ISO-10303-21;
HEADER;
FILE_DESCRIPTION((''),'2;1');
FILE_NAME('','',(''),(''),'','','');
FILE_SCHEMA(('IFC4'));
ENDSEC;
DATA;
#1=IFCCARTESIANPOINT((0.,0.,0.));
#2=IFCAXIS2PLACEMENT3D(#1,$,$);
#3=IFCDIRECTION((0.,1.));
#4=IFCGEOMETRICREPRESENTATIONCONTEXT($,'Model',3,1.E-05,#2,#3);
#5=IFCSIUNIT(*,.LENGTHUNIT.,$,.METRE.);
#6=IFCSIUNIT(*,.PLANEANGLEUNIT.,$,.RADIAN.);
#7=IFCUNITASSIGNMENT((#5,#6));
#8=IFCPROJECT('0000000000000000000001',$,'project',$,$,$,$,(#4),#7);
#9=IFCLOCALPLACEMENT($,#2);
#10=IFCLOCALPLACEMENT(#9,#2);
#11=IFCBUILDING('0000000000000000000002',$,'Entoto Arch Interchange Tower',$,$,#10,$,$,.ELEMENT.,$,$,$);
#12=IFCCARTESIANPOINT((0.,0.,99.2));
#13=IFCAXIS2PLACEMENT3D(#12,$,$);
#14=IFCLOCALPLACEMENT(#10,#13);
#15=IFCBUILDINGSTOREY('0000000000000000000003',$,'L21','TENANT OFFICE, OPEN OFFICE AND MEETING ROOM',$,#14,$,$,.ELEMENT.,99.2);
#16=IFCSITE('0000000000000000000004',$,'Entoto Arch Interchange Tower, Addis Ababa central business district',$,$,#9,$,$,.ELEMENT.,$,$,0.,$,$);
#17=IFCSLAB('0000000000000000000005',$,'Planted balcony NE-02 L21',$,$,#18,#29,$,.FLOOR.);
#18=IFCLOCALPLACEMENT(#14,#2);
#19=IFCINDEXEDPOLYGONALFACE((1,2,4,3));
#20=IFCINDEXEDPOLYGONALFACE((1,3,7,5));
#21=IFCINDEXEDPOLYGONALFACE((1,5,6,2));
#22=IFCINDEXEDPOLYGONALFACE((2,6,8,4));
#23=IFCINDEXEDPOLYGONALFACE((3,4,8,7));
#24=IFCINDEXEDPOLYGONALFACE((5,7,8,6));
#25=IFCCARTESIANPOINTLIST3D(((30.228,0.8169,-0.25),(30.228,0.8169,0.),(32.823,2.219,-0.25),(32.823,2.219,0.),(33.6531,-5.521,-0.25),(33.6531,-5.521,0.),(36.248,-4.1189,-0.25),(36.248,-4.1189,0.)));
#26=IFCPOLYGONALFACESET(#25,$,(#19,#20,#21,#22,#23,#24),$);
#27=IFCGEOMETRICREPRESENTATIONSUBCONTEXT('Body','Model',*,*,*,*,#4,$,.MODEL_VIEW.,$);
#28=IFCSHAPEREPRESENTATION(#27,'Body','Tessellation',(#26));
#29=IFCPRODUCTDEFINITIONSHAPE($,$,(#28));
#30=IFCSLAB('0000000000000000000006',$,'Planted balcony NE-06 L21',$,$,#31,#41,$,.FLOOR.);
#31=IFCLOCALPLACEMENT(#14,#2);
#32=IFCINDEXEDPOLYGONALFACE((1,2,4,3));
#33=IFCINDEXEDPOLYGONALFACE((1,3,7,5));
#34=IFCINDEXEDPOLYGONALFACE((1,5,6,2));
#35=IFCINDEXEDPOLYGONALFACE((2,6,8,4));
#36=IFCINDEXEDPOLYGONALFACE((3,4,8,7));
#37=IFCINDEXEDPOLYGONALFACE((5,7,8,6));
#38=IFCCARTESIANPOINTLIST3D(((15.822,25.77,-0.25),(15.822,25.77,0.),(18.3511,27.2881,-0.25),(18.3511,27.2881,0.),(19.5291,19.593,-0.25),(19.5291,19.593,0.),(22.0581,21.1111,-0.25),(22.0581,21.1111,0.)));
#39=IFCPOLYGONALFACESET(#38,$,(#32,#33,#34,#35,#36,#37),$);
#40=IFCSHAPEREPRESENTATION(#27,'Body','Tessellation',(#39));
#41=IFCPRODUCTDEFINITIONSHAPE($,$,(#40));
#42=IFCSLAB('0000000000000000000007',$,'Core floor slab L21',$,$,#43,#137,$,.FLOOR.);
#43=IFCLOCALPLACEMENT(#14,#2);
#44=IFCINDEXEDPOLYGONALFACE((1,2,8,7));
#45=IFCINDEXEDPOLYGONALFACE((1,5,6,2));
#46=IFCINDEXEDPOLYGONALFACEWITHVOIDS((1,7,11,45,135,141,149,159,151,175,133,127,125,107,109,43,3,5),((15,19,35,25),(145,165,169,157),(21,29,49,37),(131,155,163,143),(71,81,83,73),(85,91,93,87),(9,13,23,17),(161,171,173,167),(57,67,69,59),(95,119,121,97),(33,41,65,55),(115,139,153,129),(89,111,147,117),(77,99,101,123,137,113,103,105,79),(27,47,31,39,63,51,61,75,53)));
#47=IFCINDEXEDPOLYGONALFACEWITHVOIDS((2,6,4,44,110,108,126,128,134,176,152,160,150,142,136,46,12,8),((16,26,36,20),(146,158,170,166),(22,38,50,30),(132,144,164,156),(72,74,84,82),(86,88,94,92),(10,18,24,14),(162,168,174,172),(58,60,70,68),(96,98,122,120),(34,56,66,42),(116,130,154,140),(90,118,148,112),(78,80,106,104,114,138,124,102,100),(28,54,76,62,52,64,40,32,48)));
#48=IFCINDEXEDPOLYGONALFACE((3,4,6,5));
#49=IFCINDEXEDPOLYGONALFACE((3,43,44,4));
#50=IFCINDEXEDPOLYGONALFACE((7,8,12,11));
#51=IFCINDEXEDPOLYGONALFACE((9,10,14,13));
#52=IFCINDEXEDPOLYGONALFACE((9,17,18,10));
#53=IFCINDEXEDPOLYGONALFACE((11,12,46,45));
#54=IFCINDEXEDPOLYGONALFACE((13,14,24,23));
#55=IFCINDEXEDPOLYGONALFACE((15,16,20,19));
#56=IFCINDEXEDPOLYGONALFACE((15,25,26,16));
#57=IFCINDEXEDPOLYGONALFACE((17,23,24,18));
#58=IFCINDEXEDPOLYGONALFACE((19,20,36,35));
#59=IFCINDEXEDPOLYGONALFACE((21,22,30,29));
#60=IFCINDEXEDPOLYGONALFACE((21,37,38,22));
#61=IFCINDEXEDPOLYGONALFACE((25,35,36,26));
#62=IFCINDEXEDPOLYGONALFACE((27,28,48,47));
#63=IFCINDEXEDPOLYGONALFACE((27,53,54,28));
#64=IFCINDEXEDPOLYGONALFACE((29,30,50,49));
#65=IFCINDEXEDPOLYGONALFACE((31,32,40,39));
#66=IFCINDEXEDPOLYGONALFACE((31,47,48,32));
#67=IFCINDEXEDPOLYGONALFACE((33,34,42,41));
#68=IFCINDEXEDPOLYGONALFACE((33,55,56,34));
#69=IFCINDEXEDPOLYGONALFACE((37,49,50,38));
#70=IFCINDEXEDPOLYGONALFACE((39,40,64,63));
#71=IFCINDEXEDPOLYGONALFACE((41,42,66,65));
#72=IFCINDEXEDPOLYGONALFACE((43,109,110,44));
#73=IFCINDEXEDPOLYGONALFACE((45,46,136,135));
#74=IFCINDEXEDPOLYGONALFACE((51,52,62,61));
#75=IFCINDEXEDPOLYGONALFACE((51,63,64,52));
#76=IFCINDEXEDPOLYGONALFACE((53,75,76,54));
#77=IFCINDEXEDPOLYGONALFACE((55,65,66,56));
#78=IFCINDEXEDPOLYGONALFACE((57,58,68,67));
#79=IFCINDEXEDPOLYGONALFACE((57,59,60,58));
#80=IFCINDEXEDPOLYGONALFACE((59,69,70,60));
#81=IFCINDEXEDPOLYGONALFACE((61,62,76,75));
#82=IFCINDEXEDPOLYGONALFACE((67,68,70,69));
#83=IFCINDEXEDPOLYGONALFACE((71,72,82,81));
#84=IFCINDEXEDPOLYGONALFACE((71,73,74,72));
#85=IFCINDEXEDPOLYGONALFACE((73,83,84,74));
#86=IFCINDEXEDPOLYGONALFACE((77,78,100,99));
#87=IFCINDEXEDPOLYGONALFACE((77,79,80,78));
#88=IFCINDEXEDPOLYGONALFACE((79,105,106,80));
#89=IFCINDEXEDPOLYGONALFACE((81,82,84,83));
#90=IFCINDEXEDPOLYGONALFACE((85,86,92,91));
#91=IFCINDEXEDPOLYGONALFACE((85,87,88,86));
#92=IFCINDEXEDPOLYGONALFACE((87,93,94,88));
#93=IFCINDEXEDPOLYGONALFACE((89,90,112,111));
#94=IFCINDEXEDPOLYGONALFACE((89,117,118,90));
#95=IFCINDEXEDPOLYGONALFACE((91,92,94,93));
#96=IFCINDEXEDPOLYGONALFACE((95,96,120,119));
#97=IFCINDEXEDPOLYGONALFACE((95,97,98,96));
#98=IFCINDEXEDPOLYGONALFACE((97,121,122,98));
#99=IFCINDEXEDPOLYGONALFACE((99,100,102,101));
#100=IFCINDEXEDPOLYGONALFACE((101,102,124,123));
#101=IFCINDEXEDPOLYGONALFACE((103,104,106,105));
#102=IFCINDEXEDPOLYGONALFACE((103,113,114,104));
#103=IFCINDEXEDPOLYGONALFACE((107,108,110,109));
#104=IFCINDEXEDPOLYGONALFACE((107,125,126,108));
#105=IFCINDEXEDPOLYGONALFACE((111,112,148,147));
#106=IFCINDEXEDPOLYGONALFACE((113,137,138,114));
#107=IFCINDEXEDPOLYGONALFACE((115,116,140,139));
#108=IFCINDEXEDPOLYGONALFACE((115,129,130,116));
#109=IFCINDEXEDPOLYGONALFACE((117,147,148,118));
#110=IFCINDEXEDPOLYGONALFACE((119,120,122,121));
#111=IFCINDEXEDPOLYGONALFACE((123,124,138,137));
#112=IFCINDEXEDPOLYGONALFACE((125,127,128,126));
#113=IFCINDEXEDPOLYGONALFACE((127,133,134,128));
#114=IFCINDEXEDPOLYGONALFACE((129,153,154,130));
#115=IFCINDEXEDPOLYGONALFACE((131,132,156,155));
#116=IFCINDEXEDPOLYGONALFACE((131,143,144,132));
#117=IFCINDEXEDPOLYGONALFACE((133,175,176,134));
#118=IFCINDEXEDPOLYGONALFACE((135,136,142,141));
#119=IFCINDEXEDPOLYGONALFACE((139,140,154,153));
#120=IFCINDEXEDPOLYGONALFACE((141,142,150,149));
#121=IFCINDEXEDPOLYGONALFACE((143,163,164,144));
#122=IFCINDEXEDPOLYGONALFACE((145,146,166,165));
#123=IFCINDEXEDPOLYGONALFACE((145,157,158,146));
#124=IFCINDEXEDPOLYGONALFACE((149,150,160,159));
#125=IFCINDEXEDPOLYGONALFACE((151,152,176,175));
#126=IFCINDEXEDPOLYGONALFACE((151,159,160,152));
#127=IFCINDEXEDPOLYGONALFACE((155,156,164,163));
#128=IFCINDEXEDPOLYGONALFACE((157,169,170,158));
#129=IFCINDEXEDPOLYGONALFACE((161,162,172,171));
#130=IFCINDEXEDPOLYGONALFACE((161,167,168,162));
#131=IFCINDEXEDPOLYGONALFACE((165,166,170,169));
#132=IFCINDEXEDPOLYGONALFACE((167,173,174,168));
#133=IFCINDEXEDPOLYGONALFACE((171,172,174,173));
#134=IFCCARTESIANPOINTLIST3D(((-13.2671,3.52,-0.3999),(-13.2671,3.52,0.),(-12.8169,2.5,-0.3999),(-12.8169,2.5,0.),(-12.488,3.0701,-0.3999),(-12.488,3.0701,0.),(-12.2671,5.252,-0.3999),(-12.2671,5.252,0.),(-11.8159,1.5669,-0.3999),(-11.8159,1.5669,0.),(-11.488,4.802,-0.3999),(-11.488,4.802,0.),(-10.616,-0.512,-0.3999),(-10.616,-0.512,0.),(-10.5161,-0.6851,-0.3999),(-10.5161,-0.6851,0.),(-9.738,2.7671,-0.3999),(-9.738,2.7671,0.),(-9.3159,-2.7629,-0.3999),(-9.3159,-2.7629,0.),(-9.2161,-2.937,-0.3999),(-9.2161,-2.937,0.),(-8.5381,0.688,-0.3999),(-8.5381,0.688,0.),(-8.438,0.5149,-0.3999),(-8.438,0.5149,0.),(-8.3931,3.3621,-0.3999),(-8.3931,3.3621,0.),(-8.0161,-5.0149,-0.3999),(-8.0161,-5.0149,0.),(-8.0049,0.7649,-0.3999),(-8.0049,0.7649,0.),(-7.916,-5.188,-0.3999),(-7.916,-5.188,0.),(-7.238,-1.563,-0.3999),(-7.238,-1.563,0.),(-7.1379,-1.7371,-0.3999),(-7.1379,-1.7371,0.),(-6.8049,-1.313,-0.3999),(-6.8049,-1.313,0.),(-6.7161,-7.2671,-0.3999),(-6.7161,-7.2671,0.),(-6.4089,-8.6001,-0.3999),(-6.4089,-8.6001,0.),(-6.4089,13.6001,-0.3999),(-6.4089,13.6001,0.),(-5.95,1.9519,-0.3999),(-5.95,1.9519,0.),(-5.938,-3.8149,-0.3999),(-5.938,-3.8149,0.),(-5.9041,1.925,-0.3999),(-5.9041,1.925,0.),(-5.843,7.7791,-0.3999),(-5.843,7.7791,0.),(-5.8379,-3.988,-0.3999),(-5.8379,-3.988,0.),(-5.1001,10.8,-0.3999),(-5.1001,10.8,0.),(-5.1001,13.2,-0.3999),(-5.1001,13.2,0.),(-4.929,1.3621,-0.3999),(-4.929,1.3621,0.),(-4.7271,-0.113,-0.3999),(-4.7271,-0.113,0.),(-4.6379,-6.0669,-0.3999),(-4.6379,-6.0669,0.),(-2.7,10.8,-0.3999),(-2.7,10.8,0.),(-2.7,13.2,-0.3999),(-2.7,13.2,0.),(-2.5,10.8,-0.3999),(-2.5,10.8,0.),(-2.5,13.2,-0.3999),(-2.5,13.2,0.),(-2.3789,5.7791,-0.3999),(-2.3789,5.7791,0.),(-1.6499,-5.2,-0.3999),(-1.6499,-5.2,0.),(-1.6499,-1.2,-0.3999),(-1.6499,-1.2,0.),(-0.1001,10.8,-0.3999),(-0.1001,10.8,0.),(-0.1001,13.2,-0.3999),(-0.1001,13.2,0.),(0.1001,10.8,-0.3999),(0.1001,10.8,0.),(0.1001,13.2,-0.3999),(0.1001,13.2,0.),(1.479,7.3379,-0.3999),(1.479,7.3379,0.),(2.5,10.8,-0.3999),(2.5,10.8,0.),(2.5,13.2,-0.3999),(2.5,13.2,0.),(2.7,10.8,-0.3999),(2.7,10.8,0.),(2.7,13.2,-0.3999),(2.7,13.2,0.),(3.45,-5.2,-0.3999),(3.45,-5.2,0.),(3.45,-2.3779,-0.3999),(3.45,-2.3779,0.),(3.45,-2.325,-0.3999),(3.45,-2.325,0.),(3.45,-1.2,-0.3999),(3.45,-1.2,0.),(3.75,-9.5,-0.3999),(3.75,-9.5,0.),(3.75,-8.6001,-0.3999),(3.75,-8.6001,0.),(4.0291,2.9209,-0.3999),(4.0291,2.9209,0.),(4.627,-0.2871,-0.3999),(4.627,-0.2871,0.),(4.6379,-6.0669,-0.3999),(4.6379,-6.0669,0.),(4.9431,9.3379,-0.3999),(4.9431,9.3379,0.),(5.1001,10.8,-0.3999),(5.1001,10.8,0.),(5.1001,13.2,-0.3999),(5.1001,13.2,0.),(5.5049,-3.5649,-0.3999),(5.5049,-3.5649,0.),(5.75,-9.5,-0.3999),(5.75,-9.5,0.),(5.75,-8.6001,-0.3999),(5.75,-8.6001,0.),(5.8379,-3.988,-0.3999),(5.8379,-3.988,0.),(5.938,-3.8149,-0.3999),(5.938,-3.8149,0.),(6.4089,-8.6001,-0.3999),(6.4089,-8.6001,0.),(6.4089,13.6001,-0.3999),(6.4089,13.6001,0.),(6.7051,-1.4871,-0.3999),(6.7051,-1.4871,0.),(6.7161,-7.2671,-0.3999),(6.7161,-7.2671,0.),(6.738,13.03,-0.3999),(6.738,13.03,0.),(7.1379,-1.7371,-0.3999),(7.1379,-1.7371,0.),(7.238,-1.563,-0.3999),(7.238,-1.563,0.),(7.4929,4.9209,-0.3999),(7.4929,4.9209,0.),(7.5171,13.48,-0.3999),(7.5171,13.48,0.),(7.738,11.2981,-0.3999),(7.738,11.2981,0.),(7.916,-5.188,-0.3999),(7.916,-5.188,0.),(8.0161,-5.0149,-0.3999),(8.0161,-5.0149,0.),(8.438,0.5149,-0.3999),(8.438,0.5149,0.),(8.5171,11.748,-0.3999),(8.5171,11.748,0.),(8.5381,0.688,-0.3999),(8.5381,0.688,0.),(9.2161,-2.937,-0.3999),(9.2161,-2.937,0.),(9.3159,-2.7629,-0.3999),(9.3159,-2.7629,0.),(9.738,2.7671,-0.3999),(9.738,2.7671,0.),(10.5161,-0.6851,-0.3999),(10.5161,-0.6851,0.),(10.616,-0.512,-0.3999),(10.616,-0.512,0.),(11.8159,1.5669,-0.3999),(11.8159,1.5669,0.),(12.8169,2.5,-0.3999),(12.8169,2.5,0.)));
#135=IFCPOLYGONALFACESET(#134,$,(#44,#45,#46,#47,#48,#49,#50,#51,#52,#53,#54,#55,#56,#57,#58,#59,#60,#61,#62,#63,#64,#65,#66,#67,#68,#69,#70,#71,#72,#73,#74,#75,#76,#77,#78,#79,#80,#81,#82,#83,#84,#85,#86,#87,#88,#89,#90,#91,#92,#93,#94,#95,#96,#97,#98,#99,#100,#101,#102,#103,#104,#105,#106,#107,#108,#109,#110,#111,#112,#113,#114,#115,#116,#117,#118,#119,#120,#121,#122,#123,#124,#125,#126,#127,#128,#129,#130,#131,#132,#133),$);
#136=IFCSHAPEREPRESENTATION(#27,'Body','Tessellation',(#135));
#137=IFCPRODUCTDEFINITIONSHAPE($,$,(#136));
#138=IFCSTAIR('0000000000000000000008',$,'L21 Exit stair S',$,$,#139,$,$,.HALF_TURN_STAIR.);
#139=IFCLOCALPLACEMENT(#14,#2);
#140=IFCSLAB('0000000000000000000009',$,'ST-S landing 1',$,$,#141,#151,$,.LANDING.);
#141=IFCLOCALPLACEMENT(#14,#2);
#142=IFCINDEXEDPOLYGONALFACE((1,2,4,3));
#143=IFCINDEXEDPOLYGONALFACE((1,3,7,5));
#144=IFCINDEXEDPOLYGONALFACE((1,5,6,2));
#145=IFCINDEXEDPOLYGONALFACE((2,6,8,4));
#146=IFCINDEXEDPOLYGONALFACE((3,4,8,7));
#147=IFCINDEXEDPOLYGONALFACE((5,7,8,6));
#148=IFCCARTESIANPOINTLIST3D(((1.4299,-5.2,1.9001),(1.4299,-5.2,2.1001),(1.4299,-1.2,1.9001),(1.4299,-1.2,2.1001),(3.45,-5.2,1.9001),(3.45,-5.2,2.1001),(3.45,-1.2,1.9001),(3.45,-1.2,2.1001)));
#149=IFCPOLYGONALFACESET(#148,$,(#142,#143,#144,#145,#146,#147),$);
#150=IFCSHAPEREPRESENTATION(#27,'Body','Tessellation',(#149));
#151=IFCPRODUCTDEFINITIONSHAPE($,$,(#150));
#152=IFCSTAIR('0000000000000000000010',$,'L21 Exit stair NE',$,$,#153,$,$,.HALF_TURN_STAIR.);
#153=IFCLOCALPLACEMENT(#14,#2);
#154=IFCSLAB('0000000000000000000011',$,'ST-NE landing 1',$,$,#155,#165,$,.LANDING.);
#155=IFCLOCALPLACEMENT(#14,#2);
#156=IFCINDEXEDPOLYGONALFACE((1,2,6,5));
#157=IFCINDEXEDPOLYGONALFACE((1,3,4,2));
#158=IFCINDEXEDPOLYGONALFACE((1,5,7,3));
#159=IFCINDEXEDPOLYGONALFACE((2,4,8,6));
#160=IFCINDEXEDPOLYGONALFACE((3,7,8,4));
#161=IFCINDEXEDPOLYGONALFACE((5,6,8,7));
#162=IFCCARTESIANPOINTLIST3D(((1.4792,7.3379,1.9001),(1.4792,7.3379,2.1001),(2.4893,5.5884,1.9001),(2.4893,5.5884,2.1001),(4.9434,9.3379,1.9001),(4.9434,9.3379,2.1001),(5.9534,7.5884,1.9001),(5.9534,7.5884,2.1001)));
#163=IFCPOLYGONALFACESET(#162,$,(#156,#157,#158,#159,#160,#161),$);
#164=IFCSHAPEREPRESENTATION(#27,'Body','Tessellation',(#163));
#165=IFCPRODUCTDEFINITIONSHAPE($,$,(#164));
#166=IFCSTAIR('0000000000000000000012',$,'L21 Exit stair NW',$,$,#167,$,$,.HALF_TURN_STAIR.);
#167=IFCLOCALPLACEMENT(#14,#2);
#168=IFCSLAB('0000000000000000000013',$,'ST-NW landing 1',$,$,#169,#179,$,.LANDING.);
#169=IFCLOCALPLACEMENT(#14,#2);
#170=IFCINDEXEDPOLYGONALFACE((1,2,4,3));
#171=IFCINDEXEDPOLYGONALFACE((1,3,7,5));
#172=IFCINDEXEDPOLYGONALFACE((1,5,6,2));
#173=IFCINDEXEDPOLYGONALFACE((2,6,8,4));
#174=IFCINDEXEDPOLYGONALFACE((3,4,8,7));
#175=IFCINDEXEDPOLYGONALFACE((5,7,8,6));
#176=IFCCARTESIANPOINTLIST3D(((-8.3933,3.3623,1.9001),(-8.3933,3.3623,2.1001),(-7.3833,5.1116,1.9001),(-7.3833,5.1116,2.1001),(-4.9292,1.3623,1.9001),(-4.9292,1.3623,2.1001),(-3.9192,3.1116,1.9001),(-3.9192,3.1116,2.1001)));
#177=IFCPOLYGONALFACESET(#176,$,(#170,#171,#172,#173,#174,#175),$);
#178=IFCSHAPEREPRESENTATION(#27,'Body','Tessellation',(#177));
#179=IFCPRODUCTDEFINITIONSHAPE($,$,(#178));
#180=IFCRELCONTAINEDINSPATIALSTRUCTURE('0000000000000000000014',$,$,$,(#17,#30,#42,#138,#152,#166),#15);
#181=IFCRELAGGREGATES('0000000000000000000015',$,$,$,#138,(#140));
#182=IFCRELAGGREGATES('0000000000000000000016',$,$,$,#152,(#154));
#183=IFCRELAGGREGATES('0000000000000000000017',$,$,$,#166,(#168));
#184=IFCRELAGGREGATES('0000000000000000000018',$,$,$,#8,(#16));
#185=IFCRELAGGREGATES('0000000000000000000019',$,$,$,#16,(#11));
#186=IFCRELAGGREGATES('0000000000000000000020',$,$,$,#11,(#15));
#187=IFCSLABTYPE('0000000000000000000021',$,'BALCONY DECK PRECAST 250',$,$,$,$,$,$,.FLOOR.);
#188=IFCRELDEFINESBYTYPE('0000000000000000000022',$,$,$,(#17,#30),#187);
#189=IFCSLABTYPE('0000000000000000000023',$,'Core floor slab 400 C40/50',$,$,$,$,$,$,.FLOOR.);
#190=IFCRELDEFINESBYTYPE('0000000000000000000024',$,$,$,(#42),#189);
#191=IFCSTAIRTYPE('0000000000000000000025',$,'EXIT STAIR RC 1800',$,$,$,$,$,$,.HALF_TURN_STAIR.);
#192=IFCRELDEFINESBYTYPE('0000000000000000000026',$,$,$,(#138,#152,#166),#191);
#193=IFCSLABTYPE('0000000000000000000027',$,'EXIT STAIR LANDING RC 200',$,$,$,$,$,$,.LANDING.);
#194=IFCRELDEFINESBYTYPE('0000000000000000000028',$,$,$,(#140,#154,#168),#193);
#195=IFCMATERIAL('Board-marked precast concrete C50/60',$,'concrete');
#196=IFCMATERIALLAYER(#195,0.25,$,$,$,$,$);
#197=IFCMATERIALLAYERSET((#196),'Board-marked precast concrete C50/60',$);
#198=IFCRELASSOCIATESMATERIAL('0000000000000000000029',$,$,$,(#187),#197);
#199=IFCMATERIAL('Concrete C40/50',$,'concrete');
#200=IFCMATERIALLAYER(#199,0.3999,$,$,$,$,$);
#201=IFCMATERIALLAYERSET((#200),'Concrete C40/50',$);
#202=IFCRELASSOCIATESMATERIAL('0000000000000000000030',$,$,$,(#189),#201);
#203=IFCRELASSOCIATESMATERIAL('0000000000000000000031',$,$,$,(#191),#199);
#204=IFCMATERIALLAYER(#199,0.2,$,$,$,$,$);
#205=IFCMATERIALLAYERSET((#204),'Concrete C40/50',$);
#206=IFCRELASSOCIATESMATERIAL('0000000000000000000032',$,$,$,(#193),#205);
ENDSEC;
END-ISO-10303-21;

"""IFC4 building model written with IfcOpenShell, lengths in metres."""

from ifc_helpers import new_model, si_unit, direction, frame, origin, place, context, subcontext, project, spatial, polyline, outline, extrude, material, layer, layer_set, type_object, element, aggregate, save


model = new_model("IFC4")

# Units and contexts
model_context = context("Model", 3, precision=1e-05, world=origin(), true_north=direction((0.0, 1.0)))
body_context = subcontext(model_context, "Body", "Model", "MODEL_VIEW")
ifc_project = project(units=[si_unit("LENGTHUNIT", "METRE"), si_unit("PLANEANGLEUNIT", "RADIAN")], contexts=[model_context])

# Site, building, storey
site_placement = place(None, origin())
site = spatial("IfcSite", under=ifc_project, at=site_placement, Name="Entoto Arch Interchange Tower, Addis Ababa central business district", CompositionType="ELEMENT", RefElevation=0.0)
building_placement = place(site_placement, origin())
building = spatial("IfcBuilding", under=site, at=building_placement, Name="Entoto Arch Interchange Tower", CompositionType="ELEMENT")
storey_placement = place(building_placement, frame((0.0, 0.0, 99.2)))
storey = spatial("IfcBuildingStorey", under=building, at=storey_placement, Name="L21", Description="TENANT OFFICE, OPEN OFFICE AND MEETING ROOM", CompositionType="ELEMENT", Elevation=99.2)

# Slabs
ifc_material_1 = material(Name="Board-marked precast concrete C50/60", Category="concrete")
ifc_layer_1 = layer(ifc_material_1, 0.25)
ifc_layer_set_1 = layer_set([ifc_layer_1], Name="Board-marked precast concrete C50/60")
slab_type_1 = type_object("IfcSlabType", Name="BALCONY DECK PRECAST 250", PredefinedType="FLOOR", material=ifc_layer_set_1)
slab_1_placement = place(storey_placement, frame((0.0, 0.0, -0.25)))
element("IfcSlab", 1, at=slab_1_placement, inside=storey, type_object=slab_type_1, Name="Planted balcony NE-02 L21", PredefinedType="FLOOR", context=body_context, shape_type="SweptSolid", body=[
    extrude(outline(polyline([(33.6531, -5.521), (30.228, 0.8169), (32.823, 2.219), (36.248, -4.1189), (33.6531, -5.521)])), origin(), (0.0, 0.0, 1.0), 0.25),
])
slab_2_placement = place(storey_placement, frame((0.0, 0.0, -0.25)))
element("IfcSlab", 2, at=slab_2_placement, inside=storey, type_object=slab_type_1, Name="Planted balcony NE-06 L21", PredefinedType="FLOOR", context=body_context, shape_type="SweptSolid", body=[
    extrude(outline(polyline([(19.5291, 19.593), (15.822, 25.77), (18.3511, 27.2881), (22.0581, 21.1111), (19.5291, 19.593)])), origin(), (0.0, 0.0, 1.0), 0.25),
])
ifc_material_2 = material(Name="Concrete C40/50", Category="concrete")
ifc_layer_2 = layer(ifc_material_2, 0.3999)
ifc_layer_set_2 = layer_set([ifc_layer_2], Name="Concrete C40/50")
slab_type_2 = type_object("IfcSlabType", Name="Core floor slab 400 C40/50", PredefinedType="FLOOR", material=ifc_layer_set_2)
slab_3_placement = place(storey_placement, frame((0.0, 0.0, -0.3999)))
element("IfcSlab", 3, at=slab_3_placement, inside=storey, type_object=slab_type_2, Name="Core floor slab L21", PredefinedType="FLOOR", context=body_context, shape_type="SweptSolid", body=[
    extrude(outline(polyline([(5.75, -9.5), (3.75, -9.5), (3.75, -8.6001), (-6.4089, -8.6001), (-12.8169, 2.5), (-12.488, 3.0701), (-13.2671, 3.52), (-12.2671, 5.252), (-11.488, 4.802), (-6.4089, 13.6001), (6.4089, 13.6001), (6.738, 13.03), (7.5171, 13.48), (8.5171, 11.748), (7.738, 11.2981), (12.8169, 2.5), (6.4089, -8.6001), (5.75, -8.6001), (5.75, -9.5)]), holes=[polyline([(-4.6379, -6.0669), (-5.8379, -3.988), (-7.916, -5.188), (-6.7161, -7.2671), (-4.6379, -6.0669)]), polyline([(-5.938, -3.8149), (-7.1379, -1.7371), (-9.2161, -2.937), (-8.0161, -5.0149), (-5.938, -3.8149)]), polyline([(5.5049, -3.5649), (6.7051, -1.4871), (4.627, -0.2871), (3.45, -2.325), (3.45, -1.2), (-1.6499, -1.2), (-1.6499, -5.2), (3.45, -5.2), (3.45, -2.3779), (5.5049, -3.5649)]), polyline([(-7.238, -1.563), (-8.438, 0.5149), (-10.5161, -0.6851), (-9.3159, -2.7629), (-7.238, -1.563)]), polyline([(-4.7271, -0.113), (-5.9041, 1.925), (-4.929, 1.3621), (-2.3789, 5.7791), (-5.843, 7.7791), (-8.3931, 3.3621), (-5.95, 1.9519), (-8.0049, 0.7649), (-6.8049, -1.313), (-4.7271, -0.113)]), polyline([(-8.5381, 0.688), (-9.738, 2.7671), (-11.8159, 1.5669), (-10.616, -0.512), (-8.5381, 0.688)]), polyline([(-5.1001, 10.8), (-2.7, 10.8), (-2.7, 13.2), (-5.1001, 13.2), (-5.1001, 10.8)]), polyline([(-2.5, 10.8), (-0.1001, 10.8), (-0.1001, 13.2), (-2.5, 13.2), (-2.5, 10.8)]), polyline([(5.8379, -3.988), (4.6379, -6.0669), (6.7161, -7.2671), (7.916, -5.188), (5.8379, -3.988)]), polyline([(7.1379, -1.7371), (5.938, -3.8149), (8.0161, -5.0149), (9.2161, -2.937), (7.1379, -1.7371)]), polyline([(8.438, 0.5149), (7.238, -1.563), (9.3159, -2.7629), (10.5161, -0.6851), (8.438, 0.5149)]), polyline([(9.738, 2.7671), (8.5381, 0.688), (10.616, -0.512), (11.8159, 1.5669), (9.738, 2.7671)]), polyline([(4.0291, 2.9209), (7.4929, 4.9209), (4.9431, 9.3379), (1.479, 7.3379), (4.0291, 2.9209)]), polyline([(0.1001, 13.2), (0.1001, 10.8), (2.5, 10.8), (2.5, 13.2), (0.1001, 13.2)]), polyline([(2.7, 13.2), (2.7, 10.8), (5.1001, 10.8), (5.1001, 13.2), (2.7, 13.2)])]), origin(), (0.0, 0.0, 1.0), 0.3999),
])

# Stairs, slabs
stair_type = type_object("IfcStairType", Name="EXIT STAIR RC 1800", PredefinedType="HALF_TURN_STAIR", material=ifc_material_2)
stair_1_placement = place(storey_placement, origin())
stair_1 = element("IfcStair", 4, at=stair_1_placement, inside=storey, type_object=stair_type, Name="L21 Exit stair S", PredefinedType="HALF_TURN_STAIR")
ifc_layer_3 = layer(ifc_material_2, 0.2)
ifc_layer_set_3 = layer_set([ifc_layer_3], Name="Concrete C40/50")
slab_type_3 = type_object("IfcSlabType", Name="EXIT STAIR LANDING RC 200", PredefinedType="LANDING", material=ifc_layer_set_3)
slab_4_placement = place(storey_placement, frame((0.0, 0.0, 1.9001)))
slab_4 = element("IfcSlab", 5, at=slab_4_placement, type_object=slab_type_3, Name="ST-S landing 1", PredefinedType="LANDING", context=body_context, shape_type="SweptSolid", body=[
    extrude(outline(polyline([(1.4299, -5.2), (3.45, -5.2), (3.45, -1.2), (1.4299, -1.2), (1.4299, -5.2)])), origin(), (0.0, 0.0, 1.0), 0.2),
])
aggregate(stair_1, [slab_4])
stair_2_placement = place(storey_placement, origin())
stair_2 = element("IfcStair", 6, at=stair_2_placement, inside=storey, type_object=stair_type, Name="L21 Exit stair NE", PredefinedType="HALF_TURN_STAIR")
slab_5_placement = place(storey_placement, frame((0.0, 0.0, 1.9001)))
slab_5 = element("IfcSlab", 7, at=slab_5_placement, type_object=slab_type_3, Name="ST-NE landing 1", PredefinedType="LANDING", context=body_context, shape_type="SweptSolid", body=[
    extrude(outline(polyline([(5.9534, 7.5884), (4.9434, 9.3379), (1.4792, 7.3379), (2.4893, 5.5884), (5.9534, 7.5884)])), origin(), (0.0, 0.0, 1.0), 0.2),
])
aggregate(stair_2, [slab_5])
stair_3_placement = place(storey_placement, origin())
stair_3 = element("IfcStair", 8, at=stair_3_placement, inside=storey, type_object=stair_type, Name="L21 Exit stair NW", PredefinedType="HALF_TURN_STAIR")
slab_6_placement = place(storey_placement, frame((0.0, 0.0, 1.9001)))
slab_6 = element("IfcSlab", 9, at=slab_6_placement, type_object=slab_type_3, Name="ST-NW landing 1", PredefinedType="LANDING", context=body_context, shape_type="SweptSolid", body=[
    extrude(outline(polyline([(-7.3833, 5.1116), (-8.3933, 3.3623), (-4.9292, 1.3623), (-3.9192, 3.1116), (-7.3833, 5.1116)])), origin(), (0.0, 0.0, 1.0), 0.2),
])
aggregate(stair_3, [slab_6])

save(model, "model.ifc")
